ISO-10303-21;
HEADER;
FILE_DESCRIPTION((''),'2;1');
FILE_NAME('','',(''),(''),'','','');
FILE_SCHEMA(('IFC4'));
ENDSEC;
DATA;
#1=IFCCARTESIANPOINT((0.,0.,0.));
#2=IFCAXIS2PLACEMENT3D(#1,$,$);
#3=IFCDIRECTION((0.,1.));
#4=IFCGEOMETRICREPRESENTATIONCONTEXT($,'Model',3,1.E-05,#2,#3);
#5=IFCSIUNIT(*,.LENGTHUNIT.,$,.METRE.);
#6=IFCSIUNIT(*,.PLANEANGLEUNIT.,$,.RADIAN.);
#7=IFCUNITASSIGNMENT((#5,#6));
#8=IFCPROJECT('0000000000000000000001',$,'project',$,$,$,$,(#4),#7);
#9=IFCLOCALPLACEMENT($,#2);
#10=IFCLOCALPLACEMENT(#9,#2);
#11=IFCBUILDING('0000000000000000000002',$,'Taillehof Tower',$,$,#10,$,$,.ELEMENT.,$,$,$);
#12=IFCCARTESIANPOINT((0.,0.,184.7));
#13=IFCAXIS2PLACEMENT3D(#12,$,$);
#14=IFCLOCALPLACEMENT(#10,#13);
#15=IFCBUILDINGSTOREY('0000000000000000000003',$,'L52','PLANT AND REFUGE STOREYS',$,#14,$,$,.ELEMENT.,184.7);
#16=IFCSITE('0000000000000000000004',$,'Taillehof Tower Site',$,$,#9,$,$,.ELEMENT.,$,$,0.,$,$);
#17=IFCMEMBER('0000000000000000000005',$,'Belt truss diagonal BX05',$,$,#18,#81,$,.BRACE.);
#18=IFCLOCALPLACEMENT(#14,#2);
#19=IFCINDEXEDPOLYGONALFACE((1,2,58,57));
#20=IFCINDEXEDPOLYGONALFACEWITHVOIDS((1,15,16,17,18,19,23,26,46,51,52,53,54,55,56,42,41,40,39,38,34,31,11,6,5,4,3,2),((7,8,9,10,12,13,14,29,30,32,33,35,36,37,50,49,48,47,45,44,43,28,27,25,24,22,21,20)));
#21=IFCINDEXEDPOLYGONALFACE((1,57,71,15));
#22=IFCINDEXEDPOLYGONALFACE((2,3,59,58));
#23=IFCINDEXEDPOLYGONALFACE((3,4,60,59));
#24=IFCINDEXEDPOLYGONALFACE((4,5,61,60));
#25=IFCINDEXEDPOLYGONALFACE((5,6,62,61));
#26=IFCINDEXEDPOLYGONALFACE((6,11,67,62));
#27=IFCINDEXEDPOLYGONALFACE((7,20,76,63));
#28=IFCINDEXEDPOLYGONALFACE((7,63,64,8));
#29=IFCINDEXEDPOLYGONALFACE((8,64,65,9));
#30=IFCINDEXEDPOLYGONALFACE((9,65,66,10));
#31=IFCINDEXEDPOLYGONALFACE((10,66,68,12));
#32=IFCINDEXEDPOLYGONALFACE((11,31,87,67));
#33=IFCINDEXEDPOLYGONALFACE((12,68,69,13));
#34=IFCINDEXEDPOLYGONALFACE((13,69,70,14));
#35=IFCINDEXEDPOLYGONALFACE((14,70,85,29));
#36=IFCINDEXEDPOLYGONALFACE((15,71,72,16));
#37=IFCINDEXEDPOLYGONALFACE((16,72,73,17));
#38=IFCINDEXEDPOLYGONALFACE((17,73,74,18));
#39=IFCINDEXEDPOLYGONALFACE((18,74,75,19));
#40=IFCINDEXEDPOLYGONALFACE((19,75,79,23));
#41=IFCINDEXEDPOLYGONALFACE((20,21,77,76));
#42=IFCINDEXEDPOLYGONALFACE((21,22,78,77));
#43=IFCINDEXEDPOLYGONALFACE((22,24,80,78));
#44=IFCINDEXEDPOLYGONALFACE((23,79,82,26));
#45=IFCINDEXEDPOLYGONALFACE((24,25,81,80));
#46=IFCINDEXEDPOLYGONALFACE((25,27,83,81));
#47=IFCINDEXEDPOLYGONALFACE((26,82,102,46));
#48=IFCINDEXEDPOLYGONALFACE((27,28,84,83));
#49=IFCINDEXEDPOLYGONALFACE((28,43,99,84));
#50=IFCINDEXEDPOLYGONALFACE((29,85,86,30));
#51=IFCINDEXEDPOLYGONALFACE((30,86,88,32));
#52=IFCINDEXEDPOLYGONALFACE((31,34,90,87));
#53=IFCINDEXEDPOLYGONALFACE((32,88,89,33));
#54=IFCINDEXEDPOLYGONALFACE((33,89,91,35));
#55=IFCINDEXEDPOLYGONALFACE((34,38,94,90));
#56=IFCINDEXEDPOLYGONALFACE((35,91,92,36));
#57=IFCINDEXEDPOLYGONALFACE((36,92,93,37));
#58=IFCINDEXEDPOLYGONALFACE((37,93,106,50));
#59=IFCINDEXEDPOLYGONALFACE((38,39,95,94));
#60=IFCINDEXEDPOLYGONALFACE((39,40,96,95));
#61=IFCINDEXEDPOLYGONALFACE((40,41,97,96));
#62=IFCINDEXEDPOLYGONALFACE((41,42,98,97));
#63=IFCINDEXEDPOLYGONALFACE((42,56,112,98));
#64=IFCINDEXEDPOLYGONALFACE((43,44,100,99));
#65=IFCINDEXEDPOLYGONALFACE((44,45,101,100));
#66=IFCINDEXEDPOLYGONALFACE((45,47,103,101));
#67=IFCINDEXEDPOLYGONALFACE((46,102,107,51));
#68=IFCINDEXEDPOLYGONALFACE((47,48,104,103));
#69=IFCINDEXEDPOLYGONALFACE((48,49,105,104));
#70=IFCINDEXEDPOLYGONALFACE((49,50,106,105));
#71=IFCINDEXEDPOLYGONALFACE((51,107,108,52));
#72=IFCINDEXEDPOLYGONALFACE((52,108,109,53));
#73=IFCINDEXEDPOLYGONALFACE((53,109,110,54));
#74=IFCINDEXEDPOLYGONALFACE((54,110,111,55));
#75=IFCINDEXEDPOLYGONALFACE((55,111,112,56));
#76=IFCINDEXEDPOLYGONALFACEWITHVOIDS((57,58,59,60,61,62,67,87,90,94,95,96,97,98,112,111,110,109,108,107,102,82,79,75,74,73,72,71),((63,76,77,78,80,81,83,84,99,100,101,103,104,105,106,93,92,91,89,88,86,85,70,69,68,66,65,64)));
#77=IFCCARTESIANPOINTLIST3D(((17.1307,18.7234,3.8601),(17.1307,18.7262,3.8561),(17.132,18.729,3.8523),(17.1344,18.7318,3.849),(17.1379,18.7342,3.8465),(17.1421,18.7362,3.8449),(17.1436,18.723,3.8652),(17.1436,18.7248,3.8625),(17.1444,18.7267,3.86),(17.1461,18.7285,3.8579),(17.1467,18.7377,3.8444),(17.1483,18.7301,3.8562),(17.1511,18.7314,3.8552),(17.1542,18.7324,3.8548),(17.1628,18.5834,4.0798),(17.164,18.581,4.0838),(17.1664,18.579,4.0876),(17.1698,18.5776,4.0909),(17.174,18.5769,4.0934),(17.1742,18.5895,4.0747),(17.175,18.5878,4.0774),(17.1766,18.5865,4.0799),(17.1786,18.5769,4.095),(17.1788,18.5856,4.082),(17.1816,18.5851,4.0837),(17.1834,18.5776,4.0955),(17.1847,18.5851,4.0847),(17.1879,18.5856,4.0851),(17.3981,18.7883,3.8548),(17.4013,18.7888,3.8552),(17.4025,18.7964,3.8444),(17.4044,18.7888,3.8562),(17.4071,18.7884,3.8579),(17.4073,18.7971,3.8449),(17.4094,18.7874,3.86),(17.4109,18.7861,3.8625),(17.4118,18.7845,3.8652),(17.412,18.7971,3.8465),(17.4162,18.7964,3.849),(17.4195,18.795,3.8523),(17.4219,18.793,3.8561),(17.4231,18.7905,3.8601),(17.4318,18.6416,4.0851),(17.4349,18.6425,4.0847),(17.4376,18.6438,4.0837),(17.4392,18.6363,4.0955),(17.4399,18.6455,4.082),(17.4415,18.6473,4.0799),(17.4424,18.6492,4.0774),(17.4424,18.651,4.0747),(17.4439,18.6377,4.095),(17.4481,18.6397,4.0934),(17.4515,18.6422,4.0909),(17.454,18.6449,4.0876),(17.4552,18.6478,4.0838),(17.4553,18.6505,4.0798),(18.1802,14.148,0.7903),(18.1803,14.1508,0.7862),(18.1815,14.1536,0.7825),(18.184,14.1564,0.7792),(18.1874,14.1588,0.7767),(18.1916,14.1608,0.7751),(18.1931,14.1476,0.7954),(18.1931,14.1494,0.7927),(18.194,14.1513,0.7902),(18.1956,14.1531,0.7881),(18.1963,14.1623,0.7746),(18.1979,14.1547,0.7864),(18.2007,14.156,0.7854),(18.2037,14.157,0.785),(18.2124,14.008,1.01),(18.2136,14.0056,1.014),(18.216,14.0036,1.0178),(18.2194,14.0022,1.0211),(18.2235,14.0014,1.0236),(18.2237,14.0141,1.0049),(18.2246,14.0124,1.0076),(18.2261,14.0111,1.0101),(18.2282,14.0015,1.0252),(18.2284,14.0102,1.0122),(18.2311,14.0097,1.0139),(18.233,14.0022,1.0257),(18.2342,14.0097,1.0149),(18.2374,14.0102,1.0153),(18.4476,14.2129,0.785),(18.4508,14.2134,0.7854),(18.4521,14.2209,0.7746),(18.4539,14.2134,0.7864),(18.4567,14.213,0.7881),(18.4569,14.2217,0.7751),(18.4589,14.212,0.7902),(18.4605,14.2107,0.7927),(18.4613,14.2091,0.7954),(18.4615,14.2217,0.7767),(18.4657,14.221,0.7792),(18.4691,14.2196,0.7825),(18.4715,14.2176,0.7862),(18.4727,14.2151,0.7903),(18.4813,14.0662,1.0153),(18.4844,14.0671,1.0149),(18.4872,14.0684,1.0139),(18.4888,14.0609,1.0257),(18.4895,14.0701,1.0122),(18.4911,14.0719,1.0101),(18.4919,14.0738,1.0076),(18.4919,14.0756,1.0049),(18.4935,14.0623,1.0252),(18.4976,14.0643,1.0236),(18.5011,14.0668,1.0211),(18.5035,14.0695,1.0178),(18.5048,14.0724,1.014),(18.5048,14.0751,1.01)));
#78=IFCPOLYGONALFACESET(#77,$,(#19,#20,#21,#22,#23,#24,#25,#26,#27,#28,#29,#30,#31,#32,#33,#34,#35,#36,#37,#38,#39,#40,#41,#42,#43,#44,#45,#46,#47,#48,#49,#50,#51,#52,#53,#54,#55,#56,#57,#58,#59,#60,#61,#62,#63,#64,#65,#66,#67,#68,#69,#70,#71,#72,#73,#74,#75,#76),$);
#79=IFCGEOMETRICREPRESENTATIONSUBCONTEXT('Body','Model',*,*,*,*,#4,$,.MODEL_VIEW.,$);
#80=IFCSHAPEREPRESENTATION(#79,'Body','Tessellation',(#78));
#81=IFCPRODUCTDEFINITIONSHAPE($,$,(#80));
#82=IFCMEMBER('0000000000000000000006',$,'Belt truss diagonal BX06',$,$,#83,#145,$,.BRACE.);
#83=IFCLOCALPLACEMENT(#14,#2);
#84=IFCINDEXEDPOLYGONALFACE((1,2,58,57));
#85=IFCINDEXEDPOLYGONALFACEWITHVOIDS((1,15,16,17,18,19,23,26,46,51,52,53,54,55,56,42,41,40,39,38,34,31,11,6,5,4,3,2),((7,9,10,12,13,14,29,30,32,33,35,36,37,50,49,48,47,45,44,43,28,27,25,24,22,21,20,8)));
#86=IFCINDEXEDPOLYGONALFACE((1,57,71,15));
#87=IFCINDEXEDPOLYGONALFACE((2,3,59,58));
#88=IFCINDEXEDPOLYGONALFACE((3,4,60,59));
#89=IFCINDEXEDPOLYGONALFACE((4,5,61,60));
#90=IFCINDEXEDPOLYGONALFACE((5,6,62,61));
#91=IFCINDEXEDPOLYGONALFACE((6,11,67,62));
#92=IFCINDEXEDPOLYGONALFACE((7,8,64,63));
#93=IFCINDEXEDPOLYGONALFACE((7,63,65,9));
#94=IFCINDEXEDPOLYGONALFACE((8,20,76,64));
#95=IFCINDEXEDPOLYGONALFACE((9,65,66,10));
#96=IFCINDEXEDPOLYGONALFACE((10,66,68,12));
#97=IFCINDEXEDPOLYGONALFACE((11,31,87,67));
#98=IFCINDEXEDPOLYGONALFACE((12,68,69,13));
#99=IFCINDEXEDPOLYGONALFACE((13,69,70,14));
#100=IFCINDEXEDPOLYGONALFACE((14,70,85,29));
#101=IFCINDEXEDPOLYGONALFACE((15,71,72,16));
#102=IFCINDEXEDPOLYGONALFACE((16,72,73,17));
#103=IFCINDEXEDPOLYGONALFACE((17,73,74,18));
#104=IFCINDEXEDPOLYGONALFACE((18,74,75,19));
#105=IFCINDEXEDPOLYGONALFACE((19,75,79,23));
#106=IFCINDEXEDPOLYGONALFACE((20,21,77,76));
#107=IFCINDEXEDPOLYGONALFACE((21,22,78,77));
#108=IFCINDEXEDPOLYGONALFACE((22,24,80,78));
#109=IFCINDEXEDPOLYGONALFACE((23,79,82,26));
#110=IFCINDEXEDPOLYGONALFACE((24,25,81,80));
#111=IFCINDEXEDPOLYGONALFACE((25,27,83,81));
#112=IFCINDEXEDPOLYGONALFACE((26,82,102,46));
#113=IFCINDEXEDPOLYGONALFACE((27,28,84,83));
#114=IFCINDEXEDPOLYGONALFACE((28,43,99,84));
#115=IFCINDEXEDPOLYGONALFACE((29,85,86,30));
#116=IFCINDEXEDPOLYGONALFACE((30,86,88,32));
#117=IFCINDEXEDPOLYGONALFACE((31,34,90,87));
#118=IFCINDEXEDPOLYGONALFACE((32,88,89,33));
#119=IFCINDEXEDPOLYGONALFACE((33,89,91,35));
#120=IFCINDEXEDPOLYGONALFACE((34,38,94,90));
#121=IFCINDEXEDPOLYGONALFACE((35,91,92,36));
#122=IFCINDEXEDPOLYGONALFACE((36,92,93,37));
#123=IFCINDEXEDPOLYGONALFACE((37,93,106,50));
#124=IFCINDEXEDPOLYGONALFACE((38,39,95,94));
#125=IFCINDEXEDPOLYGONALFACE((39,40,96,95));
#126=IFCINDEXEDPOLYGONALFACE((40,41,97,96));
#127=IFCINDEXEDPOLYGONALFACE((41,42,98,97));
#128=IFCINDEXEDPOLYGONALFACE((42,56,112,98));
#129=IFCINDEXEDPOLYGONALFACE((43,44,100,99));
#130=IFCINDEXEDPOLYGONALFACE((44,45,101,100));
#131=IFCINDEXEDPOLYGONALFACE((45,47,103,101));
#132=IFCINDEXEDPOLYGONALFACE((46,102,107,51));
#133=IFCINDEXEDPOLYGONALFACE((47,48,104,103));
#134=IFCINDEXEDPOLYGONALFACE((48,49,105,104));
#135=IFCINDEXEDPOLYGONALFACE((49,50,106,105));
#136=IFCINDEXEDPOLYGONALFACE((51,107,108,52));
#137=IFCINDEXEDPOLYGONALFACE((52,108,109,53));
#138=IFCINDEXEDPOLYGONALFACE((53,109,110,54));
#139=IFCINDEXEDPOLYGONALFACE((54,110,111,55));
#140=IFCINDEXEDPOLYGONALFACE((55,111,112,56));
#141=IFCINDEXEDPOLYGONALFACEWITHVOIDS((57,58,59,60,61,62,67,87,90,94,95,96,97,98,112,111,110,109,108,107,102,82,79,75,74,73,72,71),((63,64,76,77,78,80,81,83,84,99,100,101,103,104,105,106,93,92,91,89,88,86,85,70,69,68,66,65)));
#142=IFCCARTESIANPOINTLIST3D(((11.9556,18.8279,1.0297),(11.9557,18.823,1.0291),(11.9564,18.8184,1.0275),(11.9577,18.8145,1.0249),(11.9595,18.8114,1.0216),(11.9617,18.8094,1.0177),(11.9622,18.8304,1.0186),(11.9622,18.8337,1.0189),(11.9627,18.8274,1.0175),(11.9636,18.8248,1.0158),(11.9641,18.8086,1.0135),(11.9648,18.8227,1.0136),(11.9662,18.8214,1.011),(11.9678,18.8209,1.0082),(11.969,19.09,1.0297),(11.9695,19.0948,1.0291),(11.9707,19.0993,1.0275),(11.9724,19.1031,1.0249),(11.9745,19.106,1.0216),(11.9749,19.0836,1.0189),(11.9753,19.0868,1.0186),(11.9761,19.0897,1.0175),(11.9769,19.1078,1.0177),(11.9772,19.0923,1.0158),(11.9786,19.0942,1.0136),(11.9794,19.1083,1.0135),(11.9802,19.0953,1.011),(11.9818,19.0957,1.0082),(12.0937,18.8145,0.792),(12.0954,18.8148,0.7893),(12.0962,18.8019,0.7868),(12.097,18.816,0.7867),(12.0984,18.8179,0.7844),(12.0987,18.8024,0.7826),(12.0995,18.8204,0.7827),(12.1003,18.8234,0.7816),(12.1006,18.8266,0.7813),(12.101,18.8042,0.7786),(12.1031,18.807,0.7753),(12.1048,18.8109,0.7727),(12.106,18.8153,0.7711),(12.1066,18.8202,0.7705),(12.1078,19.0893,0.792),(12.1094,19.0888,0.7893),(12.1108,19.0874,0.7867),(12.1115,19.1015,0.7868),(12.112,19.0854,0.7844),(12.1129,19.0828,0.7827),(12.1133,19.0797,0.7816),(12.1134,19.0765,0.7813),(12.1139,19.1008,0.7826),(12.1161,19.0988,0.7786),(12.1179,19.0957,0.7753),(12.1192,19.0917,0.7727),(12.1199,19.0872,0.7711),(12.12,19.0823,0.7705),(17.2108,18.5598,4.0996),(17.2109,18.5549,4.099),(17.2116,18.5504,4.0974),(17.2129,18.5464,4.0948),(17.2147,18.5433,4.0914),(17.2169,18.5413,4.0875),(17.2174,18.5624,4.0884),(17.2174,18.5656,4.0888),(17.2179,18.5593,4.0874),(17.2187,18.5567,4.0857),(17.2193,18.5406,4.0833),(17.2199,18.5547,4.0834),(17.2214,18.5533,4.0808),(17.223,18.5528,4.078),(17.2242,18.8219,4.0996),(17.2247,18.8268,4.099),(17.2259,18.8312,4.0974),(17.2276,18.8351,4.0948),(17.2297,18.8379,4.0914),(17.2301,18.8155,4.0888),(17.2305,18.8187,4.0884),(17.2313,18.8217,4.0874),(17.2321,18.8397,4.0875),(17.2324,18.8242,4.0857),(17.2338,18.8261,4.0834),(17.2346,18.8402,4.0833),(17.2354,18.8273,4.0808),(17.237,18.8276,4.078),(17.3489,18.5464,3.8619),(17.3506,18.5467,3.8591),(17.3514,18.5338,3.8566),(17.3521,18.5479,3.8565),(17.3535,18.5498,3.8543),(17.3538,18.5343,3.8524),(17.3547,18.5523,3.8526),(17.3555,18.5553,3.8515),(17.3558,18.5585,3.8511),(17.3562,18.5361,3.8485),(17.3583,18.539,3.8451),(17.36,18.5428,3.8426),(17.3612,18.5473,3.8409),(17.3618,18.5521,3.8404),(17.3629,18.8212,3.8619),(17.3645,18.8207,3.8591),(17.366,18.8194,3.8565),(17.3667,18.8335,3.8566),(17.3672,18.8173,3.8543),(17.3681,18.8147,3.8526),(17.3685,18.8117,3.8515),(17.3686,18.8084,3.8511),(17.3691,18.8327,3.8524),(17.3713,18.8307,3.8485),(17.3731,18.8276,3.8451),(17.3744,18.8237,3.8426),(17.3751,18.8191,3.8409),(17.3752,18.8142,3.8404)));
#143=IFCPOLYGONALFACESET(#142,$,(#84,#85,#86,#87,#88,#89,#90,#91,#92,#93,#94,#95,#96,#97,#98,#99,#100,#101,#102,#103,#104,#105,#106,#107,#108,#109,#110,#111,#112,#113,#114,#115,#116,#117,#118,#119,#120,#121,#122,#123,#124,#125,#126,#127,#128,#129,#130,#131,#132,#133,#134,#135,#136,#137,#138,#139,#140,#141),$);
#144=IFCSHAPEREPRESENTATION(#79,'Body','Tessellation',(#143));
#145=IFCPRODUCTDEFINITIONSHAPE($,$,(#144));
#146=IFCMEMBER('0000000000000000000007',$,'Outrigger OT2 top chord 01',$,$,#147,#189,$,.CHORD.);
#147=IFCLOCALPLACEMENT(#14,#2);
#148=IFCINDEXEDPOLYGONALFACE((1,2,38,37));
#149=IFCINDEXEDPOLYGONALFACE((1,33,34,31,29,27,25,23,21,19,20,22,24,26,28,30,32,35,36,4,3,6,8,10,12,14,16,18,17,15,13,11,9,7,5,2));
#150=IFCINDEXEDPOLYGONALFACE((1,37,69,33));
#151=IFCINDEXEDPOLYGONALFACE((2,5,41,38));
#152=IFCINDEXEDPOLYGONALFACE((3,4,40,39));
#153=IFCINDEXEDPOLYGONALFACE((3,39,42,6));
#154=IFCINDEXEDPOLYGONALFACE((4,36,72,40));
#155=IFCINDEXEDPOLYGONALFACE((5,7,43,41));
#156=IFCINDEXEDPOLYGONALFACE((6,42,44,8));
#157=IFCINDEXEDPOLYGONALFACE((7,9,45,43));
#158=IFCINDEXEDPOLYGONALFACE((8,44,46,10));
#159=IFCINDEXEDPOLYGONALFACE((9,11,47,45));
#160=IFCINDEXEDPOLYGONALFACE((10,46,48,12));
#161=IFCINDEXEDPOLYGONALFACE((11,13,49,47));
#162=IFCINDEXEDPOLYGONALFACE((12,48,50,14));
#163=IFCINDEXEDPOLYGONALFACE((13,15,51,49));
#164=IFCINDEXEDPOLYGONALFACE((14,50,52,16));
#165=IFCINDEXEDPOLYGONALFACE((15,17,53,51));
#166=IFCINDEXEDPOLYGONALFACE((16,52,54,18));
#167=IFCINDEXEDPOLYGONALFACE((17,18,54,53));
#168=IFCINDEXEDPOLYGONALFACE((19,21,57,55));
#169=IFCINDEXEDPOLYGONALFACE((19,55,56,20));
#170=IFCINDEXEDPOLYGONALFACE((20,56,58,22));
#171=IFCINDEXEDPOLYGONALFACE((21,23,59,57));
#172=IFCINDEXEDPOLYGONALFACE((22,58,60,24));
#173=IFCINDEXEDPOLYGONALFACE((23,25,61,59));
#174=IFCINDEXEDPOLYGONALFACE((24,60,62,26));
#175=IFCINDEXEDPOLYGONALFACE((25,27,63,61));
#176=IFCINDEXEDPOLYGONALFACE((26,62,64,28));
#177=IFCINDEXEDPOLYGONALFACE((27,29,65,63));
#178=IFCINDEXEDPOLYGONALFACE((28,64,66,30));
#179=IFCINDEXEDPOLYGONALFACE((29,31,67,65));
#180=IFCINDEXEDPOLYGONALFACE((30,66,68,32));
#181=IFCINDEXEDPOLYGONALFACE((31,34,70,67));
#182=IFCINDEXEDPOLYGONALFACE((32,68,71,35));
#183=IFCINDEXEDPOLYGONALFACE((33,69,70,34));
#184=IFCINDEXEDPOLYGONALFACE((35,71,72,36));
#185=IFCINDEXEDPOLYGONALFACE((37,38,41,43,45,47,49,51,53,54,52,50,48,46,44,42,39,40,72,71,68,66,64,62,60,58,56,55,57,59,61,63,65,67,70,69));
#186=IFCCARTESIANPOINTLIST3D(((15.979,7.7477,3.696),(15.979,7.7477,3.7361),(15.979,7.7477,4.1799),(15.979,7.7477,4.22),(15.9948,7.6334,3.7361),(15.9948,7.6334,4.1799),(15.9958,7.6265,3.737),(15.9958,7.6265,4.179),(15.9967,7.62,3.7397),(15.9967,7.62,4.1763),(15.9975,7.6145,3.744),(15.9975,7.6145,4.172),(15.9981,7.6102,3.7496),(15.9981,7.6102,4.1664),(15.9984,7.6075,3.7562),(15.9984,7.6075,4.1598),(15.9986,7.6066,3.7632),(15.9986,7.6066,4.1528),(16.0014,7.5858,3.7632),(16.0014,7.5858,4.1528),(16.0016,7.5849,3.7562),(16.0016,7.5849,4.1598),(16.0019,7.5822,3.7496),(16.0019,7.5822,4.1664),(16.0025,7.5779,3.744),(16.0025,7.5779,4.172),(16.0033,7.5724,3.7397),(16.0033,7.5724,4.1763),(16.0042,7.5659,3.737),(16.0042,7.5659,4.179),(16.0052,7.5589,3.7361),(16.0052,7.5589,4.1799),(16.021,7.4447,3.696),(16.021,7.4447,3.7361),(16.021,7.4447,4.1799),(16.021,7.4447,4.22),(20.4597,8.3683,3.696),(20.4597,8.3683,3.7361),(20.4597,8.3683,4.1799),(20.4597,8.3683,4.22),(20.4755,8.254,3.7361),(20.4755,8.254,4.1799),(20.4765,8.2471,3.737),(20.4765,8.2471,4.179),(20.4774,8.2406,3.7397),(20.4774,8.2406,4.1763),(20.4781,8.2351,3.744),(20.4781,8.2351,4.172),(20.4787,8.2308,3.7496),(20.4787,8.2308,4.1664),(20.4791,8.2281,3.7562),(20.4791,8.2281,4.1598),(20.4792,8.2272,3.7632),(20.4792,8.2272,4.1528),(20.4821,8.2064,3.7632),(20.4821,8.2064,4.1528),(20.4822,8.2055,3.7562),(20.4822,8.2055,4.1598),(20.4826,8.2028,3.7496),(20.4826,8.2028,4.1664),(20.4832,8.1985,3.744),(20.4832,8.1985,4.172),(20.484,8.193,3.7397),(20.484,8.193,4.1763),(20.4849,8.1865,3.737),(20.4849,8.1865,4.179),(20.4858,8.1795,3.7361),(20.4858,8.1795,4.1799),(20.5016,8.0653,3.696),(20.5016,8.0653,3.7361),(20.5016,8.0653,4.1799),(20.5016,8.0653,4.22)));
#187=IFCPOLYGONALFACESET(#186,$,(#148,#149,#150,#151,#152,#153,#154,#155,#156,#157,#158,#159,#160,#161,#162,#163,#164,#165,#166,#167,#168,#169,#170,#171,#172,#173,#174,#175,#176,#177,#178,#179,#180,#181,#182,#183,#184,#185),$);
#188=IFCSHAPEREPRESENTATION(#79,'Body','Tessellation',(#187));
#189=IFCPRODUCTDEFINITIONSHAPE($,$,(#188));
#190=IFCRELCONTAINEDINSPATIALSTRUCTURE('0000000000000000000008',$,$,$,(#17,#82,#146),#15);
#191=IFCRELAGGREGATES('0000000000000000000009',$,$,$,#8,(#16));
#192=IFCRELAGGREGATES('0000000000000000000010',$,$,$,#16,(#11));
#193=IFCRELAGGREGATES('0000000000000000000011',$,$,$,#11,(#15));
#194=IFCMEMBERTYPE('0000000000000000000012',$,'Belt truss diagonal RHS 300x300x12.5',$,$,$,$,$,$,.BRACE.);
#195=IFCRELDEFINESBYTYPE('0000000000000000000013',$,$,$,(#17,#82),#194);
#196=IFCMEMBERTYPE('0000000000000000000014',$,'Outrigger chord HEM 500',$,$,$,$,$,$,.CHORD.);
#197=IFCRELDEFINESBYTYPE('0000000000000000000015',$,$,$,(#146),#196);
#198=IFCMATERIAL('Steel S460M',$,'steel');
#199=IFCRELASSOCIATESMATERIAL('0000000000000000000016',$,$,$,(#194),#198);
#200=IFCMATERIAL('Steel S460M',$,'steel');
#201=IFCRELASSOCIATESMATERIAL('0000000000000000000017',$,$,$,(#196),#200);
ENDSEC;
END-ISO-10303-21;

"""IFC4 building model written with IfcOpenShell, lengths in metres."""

from ifc_helpers import new_model, si_unit, direction, frame, origin, origin_2d, place, context, subcontext, project, spatial, hollow_rectangle, i_section, extrude, material, material_profile, profile_set, type_object, element, save


model = new_model("IFC4")

# Units and contexts
model_context = context("Model", 3, precision=1e-05, world=origin(), true_north=direction((0.0, 1.0)))
body_context = subcontext(model_context, "Body", "Model", "MODEL_VIEW")
ifc_project = project(units=[si_unit("LENGTHUNIT", "METRE"), si_unit("PLANEANGLEUNIT", "RADIAN")], contexts=[model_context])

# Site, building, storey
site_placement = place(None, origin())
site = spatial("IfcSite", under=ifc_project, at=site_placement, Name="Taillehof Tower Site", CompositionType="ELEMENT", RefElevation=0.0)
building_placement = place(site_placement, origin())
building = spatial("IfcBuilding", under=site, at=building_placement, Name="Taillehof Tower", CompositionType="ELEMENT")
storey_placement = place(building_placement, frame((0.0, 0.0, 184.7)))
storey = spatial("IfcBuildingStorey", under=building, at=storey_placement, Name="L52", Description="PLANT AND REFUGE STOREYS", CompositionType="ELEMENT", Elevation=184.7)

# Members
ifc_material_1 = material(Name="Steel S460M", Category="steel")
ifc_material_profile_1 = material_profile(ifc_material_1, hollow_rectangle(XDim=0.3, YDim=0.3, WallThickness=0.0125, InnerFilletRadius=0.0125, OuterFilletRadius=0.0188, at=origin_2d()), Name="RHS 300x300x12.5")
ifc_profile_set_1 = profile_set([ifc_material_profile_1], Name="Steel S460M")
member_type_1 = type_object("IfcMemberType", Name="Belt truss diagonal RHS 300x300x12.5", PredefinedType="BRACE", material=ifc_profile_set_1)
member_1_placement = place(storey_placement, frame((18.3425, 14.1116, 0.9001), z_axis=(-0.187123, 0.815743, 0.547311), x_axis=(-0.974685, -0.223583, 0.0)))
element("IfcMember", 1, at=member_1_placement, inside=storey, type_object=member_type_1, Name="Belt truss diagonal BX05", PredefinedType="BRACE", context=body_context, shape_type="SweptSolid", body=[
    extrude(hollow_rectangle(XDim=0.3, YDim=0.3, WallThickness=0.0125, InnerFilletRadius=0.0125, OuterFilletRadius=0.0188, at=origin_2d()), origin(), (0.0, 0.0, 1.0), 5.6089),
])
member_2_placement = place(storey_placement, frame((17.293, 18.687, 3.97), z_axis=(-0.862632, 0.044003, -0.503914), x_axis=(-0.050944, -0.998702, 0.0)))
element("IfcMember", 2, at=member_2_placement, inside=storey, type_object=member_type_1, Name="Belt truss diagonal BX06", PredefinedType="BRACE", context=body_context, shape_type="SweptSolid", body=[
    extrude(hollow_rectangle(XDim=0.3, YDim=0.3, WallThickness=0.0125, InnerFilletRadius=0.0125, OuterFilletRadius=0.0188, at=origin_2d()), origin(), (0.0, 0.0, 1.0), 6.092),
])
ifc_material_2 = material(Name="Steel S460M", Category="steel")
ifc_material_profile_2 = material_profile(ifc_material_2, i_section(OverallWidth=0.3059, OverallDepth=0.5239, WebThickness=0.021, FlangeThickness=0.04, FilletRadius=0.0271, at=origin_2d()), Name="HEM 500")
ifc_profile_set_2 = profile_set([ifc_material_profile_2], Name="Steel S460M")
member_type_2 = type_object("IfcMemberType", Name="Outrigger chord HEM 500", PredefinedType="CHORD", material=ifc_profile_set_2)
member_3_placement = place(storey_placement, frame((16.0, 7.5962, 3.958), z_axis=(0.990544, 0.137196, 0.0), x_axis=(-0.137196, 0.990544, 0.0)))
element("IfcMember", 3, at=member_3_placement, inside=storey, type_object=member_type_2, Name="Outrigger OT2 top chord 01", PredefinedType="CHORD", context=body_context, shape_type="SweptSolid", body=[
    extrude(i_section(OverallWidth=0.3059, OverallDepth=0.5239, WebThickness=0.021, FlangeThickness=0.04, FilletRadius=0.0271, at=origin_2d()), origin(), (0.0, 0.0, 1.0), 4.5234),
])

save(model, "model.ifc")
